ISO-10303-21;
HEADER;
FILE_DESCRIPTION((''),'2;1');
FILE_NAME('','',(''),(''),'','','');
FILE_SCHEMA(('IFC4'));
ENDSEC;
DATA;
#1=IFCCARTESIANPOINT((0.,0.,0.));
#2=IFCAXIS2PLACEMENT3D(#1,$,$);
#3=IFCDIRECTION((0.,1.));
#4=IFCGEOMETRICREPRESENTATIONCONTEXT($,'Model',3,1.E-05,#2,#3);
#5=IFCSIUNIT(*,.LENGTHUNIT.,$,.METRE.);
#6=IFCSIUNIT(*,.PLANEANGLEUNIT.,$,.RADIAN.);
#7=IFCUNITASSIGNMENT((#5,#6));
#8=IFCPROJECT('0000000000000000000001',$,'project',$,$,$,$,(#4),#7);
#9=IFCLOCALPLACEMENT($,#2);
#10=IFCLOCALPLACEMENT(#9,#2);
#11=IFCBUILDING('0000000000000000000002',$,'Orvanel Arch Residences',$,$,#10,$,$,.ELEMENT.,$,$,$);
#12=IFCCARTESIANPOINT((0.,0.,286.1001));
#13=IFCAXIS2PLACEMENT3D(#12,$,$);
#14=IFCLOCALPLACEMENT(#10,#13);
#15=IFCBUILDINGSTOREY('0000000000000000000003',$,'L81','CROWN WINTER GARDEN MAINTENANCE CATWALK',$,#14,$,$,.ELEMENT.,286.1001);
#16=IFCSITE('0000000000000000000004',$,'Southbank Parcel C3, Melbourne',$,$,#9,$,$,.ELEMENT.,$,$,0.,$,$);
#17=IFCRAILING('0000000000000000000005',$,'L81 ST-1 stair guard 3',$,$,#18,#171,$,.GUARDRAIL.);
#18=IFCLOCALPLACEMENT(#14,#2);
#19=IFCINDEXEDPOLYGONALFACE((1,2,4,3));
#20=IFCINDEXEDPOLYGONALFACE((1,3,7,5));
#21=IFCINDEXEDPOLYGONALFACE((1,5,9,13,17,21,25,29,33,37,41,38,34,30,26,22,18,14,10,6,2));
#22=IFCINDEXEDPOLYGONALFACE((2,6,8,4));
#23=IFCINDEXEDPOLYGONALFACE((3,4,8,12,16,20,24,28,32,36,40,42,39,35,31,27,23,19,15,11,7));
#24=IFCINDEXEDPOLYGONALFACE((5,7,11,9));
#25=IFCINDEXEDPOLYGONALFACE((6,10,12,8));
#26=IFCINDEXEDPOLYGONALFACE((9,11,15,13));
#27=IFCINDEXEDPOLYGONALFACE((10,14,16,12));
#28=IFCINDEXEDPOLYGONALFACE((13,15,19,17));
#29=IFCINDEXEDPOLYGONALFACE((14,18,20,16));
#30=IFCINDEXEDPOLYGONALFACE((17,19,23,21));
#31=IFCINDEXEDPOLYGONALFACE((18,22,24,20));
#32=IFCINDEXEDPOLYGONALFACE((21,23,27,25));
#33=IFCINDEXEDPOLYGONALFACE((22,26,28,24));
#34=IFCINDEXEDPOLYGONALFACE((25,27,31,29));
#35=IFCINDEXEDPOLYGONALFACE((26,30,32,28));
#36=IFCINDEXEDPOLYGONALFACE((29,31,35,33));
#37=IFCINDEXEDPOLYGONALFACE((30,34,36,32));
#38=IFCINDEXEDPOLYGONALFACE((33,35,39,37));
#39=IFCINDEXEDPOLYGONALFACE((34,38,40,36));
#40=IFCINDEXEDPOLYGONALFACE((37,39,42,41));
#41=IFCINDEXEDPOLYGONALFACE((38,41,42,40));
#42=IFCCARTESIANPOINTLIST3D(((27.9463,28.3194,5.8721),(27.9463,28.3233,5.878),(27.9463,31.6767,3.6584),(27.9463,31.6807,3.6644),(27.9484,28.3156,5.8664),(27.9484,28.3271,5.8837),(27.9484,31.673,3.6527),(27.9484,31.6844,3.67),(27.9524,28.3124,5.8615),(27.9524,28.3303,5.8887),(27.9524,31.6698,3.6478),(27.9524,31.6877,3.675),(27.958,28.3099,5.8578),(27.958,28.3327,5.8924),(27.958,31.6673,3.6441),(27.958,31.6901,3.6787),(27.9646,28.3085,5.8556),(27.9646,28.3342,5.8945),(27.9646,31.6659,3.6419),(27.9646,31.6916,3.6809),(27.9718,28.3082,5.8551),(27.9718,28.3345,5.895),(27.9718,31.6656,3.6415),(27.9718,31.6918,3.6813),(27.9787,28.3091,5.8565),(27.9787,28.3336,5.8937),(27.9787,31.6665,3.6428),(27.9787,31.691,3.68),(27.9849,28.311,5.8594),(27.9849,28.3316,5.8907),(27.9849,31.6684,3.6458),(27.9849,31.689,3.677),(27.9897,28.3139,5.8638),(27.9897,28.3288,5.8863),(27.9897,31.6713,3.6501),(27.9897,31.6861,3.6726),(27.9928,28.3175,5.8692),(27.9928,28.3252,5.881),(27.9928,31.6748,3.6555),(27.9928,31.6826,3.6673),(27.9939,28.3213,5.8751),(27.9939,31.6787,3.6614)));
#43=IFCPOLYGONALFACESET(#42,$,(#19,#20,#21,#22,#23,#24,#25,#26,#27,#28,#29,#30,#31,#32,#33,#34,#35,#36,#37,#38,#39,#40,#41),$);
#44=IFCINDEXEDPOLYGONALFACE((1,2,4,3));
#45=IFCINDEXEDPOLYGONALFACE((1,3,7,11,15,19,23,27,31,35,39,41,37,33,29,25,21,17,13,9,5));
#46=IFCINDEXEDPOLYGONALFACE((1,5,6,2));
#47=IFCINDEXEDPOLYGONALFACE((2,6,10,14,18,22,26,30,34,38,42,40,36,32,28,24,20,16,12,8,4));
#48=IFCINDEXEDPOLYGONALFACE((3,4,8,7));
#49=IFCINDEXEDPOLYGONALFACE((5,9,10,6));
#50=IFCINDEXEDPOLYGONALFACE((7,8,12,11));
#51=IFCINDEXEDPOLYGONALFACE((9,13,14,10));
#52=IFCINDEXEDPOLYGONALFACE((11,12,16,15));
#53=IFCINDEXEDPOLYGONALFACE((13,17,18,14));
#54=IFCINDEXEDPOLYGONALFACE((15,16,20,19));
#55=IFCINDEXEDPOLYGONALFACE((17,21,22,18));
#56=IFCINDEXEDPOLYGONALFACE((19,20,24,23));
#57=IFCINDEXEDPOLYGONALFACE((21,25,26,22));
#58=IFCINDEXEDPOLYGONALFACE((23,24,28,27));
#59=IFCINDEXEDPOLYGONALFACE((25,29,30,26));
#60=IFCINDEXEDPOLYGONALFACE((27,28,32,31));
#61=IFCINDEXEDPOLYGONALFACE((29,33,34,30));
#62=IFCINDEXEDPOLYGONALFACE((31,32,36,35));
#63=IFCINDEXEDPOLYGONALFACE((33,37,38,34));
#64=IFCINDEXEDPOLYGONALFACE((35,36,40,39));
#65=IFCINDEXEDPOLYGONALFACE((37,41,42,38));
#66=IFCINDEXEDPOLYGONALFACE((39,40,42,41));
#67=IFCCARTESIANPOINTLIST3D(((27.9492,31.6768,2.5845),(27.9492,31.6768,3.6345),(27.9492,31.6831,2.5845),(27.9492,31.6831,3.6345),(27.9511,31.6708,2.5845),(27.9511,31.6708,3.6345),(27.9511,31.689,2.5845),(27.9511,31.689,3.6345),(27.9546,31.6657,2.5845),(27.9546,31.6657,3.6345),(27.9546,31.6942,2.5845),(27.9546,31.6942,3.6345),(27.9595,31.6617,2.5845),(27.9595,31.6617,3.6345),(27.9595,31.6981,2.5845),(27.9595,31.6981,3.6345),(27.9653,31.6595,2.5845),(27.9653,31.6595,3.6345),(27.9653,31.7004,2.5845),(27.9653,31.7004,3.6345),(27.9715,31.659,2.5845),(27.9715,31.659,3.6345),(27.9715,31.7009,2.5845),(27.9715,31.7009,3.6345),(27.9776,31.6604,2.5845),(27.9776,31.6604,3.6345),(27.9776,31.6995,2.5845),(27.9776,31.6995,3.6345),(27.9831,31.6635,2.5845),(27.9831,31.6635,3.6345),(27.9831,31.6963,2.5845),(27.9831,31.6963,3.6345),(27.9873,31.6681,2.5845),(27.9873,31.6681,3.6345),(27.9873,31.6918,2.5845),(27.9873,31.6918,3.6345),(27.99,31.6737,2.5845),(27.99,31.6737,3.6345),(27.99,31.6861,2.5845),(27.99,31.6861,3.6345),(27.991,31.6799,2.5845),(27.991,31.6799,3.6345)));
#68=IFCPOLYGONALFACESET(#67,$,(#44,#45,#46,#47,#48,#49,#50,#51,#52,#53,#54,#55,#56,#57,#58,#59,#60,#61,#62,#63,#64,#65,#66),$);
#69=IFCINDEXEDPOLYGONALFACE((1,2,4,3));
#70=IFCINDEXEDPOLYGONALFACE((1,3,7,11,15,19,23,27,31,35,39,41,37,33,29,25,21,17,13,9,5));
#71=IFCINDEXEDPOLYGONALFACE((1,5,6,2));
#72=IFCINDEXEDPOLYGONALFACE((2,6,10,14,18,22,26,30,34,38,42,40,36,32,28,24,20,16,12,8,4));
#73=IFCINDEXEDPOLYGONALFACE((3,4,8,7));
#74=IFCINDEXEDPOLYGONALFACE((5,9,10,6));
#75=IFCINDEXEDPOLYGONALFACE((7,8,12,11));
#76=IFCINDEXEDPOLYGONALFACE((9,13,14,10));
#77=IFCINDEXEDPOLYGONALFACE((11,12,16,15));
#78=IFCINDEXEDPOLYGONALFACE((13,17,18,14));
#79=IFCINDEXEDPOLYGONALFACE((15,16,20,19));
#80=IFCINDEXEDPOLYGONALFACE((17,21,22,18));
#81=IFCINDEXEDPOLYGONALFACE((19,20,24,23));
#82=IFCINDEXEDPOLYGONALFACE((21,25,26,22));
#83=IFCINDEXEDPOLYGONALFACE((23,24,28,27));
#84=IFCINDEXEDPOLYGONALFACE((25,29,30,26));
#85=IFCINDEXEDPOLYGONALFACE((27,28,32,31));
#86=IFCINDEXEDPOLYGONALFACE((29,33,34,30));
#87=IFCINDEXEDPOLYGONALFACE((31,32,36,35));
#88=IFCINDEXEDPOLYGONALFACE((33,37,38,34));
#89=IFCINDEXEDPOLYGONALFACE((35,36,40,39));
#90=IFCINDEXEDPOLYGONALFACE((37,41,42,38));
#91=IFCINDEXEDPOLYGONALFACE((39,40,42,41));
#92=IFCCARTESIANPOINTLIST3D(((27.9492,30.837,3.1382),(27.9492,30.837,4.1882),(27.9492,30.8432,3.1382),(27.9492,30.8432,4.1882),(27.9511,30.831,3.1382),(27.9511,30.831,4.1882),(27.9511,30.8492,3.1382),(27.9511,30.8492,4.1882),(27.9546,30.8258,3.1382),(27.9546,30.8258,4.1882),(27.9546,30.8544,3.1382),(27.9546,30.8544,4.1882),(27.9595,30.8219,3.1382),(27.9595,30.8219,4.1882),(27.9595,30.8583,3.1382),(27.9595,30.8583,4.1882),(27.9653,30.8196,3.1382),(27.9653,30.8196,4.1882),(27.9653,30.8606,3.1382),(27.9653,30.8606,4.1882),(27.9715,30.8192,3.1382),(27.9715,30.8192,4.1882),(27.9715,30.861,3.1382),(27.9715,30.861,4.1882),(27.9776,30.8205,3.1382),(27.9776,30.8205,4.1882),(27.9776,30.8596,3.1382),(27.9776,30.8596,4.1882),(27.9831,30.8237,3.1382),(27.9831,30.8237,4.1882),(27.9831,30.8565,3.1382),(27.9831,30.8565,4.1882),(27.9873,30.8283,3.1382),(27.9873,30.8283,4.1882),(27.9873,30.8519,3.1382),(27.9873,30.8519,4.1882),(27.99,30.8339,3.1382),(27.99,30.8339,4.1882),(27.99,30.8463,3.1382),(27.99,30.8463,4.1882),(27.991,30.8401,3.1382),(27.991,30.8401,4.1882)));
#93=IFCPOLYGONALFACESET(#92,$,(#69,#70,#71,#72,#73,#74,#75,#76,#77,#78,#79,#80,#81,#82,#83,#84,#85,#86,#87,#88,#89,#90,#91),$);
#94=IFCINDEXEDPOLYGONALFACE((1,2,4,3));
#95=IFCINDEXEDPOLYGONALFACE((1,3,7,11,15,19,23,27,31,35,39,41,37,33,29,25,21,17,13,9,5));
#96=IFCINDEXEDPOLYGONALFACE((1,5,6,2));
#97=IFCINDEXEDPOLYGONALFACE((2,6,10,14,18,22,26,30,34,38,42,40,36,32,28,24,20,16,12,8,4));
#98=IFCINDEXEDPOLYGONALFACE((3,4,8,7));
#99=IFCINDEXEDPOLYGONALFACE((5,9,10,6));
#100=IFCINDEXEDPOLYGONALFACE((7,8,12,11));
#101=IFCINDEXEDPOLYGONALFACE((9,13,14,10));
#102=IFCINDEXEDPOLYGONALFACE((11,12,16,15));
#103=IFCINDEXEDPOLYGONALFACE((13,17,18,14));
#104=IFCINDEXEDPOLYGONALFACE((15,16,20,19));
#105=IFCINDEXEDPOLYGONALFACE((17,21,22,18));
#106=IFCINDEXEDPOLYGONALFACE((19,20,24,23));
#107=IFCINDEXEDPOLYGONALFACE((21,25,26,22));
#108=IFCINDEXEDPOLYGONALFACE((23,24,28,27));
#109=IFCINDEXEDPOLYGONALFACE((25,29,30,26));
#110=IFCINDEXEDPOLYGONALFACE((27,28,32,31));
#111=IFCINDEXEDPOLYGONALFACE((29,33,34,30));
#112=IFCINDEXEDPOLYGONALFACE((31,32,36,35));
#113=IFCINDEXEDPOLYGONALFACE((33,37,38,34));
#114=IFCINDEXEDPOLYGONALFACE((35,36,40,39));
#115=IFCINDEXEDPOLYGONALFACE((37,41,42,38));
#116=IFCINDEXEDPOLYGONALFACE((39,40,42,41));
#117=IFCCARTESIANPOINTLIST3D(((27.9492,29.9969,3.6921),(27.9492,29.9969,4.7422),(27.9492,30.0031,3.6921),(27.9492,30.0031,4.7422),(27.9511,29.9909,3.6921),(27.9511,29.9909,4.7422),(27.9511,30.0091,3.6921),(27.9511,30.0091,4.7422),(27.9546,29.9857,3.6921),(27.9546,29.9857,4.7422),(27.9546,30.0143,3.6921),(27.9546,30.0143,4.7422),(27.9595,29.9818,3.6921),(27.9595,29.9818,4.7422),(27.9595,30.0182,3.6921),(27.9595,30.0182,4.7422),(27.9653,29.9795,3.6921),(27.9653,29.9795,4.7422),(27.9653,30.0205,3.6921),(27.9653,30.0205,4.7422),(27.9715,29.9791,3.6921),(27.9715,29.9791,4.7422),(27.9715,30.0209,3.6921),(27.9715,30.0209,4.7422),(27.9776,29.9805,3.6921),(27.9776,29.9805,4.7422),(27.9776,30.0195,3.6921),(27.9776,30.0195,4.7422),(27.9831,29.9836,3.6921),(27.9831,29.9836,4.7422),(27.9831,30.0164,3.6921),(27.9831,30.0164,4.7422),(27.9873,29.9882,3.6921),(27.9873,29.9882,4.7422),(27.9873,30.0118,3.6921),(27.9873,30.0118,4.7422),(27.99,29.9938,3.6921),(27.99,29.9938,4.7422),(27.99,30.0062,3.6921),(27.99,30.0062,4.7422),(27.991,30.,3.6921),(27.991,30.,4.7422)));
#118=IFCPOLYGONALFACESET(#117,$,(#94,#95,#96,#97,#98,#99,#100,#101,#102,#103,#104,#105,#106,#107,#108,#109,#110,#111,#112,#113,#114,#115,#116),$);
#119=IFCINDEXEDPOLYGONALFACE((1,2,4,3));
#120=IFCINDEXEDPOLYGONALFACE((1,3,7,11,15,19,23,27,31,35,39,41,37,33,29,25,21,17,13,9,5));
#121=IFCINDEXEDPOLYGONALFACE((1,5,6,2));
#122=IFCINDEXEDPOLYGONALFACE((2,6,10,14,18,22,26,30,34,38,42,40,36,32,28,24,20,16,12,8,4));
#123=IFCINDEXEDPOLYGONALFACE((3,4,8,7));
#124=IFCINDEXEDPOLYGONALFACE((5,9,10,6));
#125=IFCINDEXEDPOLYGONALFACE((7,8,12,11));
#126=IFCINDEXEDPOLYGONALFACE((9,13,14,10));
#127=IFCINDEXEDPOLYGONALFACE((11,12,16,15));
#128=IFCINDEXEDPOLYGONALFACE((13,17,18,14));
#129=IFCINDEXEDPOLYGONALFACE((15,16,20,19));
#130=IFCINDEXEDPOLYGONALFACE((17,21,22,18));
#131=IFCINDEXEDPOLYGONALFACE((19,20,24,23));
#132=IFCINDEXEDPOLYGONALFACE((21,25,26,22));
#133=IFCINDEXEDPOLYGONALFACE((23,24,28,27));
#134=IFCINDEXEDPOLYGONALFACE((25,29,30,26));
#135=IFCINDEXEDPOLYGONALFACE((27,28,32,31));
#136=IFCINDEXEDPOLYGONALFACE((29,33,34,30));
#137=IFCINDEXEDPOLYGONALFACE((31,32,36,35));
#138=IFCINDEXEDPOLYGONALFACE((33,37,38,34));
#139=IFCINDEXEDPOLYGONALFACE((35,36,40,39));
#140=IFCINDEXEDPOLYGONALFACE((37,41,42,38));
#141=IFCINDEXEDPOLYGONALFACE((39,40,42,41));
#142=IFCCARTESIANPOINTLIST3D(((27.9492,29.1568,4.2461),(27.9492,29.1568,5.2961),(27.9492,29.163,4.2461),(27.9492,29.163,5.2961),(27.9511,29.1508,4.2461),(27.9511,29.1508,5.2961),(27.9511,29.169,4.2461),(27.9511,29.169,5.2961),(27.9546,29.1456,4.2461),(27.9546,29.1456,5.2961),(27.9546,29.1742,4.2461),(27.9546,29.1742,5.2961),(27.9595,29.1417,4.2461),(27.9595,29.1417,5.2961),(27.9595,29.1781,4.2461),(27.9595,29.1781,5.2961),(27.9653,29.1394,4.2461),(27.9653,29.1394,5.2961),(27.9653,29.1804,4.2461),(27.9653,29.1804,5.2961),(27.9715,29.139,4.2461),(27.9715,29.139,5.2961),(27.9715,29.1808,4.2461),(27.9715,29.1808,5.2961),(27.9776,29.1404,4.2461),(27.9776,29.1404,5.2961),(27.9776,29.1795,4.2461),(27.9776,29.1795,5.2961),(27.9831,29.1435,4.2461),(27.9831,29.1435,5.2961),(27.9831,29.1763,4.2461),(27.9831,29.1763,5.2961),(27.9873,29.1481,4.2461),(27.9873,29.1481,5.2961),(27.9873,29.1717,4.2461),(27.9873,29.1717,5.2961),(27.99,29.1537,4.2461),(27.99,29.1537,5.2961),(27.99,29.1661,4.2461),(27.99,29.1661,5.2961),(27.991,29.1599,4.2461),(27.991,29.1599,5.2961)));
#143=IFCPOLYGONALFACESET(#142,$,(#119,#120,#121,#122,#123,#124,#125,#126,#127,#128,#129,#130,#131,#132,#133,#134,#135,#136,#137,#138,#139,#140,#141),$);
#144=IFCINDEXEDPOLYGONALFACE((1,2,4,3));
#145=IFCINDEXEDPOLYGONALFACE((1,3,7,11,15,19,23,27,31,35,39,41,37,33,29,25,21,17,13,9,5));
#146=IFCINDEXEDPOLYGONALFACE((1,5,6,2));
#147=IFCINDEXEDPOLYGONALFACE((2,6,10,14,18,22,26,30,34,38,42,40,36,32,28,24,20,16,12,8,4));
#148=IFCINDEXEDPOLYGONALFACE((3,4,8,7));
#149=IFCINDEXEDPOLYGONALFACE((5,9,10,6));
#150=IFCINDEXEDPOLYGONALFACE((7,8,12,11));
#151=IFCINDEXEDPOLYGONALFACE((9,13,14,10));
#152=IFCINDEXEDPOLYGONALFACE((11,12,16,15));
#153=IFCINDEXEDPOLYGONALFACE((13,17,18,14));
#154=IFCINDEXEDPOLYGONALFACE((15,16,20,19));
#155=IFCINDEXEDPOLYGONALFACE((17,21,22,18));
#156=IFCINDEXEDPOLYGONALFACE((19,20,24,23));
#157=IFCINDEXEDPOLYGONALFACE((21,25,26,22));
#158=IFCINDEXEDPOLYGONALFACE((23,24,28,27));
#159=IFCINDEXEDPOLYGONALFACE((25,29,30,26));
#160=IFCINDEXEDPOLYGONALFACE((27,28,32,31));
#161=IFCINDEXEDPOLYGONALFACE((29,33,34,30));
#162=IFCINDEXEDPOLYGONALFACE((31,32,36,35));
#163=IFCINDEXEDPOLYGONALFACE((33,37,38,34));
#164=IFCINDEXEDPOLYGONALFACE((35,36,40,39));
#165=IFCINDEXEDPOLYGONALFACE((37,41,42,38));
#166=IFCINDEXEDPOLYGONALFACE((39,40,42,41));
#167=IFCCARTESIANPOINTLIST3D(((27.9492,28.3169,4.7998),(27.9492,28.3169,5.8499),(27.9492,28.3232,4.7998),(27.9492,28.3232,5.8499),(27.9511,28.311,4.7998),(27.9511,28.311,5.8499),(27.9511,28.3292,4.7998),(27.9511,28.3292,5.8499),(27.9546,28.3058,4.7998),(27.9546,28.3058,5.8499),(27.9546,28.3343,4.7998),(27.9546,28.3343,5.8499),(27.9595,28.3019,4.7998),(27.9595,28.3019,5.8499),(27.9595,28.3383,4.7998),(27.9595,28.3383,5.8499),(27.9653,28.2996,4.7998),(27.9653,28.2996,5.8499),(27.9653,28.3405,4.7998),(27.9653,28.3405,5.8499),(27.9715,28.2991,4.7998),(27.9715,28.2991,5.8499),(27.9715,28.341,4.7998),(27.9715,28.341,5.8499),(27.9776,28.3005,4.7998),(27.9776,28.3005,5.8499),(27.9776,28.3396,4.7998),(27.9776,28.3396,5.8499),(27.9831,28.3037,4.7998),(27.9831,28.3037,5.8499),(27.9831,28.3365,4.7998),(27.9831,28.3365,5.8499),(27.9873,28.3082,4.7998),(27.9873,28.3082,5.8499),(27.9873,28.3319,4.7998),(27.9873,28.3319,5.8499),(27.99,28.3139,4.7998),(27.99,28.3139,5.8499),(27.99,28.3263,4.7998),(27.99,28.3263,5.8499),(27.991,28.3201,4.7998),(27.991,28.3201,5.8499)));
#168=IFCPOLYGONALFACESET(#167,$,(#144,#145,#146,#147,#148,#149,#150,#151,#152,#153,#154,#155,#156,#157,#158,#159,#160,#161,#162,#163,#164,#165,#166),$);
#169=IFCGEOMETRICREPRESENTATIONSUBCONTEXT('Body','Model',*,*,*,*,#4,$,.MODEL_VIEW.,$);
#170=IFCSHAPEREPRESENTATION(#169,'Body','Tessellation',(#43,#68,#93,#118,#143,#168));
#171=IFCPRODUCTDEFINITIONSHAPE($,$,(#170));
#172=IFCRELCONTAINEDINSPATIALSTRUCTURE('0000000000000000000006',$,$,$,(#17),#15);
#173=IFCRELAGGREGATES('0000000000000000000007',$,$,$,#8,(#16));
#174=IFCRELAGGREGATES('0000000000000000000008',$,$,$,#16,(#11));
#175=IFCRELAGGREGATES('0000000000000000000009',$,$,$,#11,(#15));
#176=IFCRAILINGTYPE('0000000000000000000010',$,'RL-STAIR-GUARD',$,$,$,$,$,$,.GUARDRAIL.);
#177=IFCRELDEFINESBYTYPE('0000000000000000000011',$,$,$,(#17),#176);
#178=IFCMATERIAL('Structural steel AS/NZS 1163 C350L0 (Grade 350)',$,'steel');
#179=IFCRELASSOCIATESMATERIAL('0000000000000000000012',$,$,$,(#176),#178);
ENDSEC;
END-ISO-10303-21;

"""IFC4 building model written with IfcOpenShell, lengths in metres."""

from ifc_helpers import new_model, si_unit, direction, frame, origin, origin_2d, place, context, subcontext, project, spatial, circle, extrude, material, type_object, element, save


model = new_model("IFC4")

# Units and contexts
model_context = context("Model", 3, precision=1e-05, world=origin(), true_north=direction((0.0, 1.0)))
body_context = subcontext(model_context, "Body", "Model", "MODEL_VIEW")
ifc_project = project(units=[si_unit("LENGTHUNIT", "METRE"), si_unit("PLANEANGLEUNIT", "RADIAN")], contexts=[model_context])

# Site, building, storey
site_placement = place(None, origin())
site = spatial("IfcSite", under=ifc_project, at=site_placement, Name="Southbank Parcel C3, Melbourne", CompositionType="ELEMENT", RefElevation=0.0)
building_placement = place(site_placement, origin())
building = spatial("IfcBuilding", under=site, at=building_placement, Name="Orvanel Arch Residences", CompositionType="ELEMENT")
storey_placement = place(building_placement, frame((0.0, 0.0, 286.1001)))
storey = spatial("IfcBuildingStorey", under=building, at=storey_placement, Name="L81", Description="CROWN WINTER GARDEN MAINTENANCE CATWALK", CompositionType="ELEMENT", Elevation=286.1001)

# Shared definitions
ifc_material_1 = material(Name="Structural steel AS/NZS 1163 C350L0 (Grade 350)", Category="steel")

# Railing
railing_type_1 = type_object("IfcRailingType", Name="RL-STAIR-GUARD", PredefinedType="GUARDRAIL", material=ifc_material_1)
railing_1_placement = place(storey_placement, frame((27.97, 31.6799, 2.5845)))
element("IfcRailing", 1, at=railing_1_placement, inside=storey, type_object=railing_type_1, Name="L81 ST-1 stair guard 3", PredefinedType="GUARDRAIL", context=body_context, shape_type="SweptSolid", body=[
    extrude(circle(Radius=0.0239, at=origin_2d()), frame((0.0, -0.0012, 1.0769), z_axis=(0.0, -0.834858, 0.550465), x_axis=(1.0, 0.0, 0.0)), (0.0, 0.0, 1.0), 4.0215),
    extrude(circle(Radius=0.021, at=origin_2d()), origin(), (0.0, 0.0, 1.0), 1.05),
    extrude(circle(Radius=0.021, at=origin_2d()), frame((0.0, -0.8398, 0.5537)), (0.0, 0.0, 1.0), 1.05),
    extrude(circle(Radius=0.021, at=origin_2d()), frame((0.0, -1.6799, 1.1077)), (0.0, 0.0, 1.0), 1.05),
    extrude(circle(Radius=0.021, at=origin_2d()), frame((0.0, -2.52, 1.6616)), (0.0, 0.0, 1.0), 1.05),
    extrude(circle(Radius=0.021, at=origin_2d()), frame((0.0, -3.3599, 2.2153)), (0.0, 0.0, 1.0), 1.05),
])

save(model, "model.ifc")
